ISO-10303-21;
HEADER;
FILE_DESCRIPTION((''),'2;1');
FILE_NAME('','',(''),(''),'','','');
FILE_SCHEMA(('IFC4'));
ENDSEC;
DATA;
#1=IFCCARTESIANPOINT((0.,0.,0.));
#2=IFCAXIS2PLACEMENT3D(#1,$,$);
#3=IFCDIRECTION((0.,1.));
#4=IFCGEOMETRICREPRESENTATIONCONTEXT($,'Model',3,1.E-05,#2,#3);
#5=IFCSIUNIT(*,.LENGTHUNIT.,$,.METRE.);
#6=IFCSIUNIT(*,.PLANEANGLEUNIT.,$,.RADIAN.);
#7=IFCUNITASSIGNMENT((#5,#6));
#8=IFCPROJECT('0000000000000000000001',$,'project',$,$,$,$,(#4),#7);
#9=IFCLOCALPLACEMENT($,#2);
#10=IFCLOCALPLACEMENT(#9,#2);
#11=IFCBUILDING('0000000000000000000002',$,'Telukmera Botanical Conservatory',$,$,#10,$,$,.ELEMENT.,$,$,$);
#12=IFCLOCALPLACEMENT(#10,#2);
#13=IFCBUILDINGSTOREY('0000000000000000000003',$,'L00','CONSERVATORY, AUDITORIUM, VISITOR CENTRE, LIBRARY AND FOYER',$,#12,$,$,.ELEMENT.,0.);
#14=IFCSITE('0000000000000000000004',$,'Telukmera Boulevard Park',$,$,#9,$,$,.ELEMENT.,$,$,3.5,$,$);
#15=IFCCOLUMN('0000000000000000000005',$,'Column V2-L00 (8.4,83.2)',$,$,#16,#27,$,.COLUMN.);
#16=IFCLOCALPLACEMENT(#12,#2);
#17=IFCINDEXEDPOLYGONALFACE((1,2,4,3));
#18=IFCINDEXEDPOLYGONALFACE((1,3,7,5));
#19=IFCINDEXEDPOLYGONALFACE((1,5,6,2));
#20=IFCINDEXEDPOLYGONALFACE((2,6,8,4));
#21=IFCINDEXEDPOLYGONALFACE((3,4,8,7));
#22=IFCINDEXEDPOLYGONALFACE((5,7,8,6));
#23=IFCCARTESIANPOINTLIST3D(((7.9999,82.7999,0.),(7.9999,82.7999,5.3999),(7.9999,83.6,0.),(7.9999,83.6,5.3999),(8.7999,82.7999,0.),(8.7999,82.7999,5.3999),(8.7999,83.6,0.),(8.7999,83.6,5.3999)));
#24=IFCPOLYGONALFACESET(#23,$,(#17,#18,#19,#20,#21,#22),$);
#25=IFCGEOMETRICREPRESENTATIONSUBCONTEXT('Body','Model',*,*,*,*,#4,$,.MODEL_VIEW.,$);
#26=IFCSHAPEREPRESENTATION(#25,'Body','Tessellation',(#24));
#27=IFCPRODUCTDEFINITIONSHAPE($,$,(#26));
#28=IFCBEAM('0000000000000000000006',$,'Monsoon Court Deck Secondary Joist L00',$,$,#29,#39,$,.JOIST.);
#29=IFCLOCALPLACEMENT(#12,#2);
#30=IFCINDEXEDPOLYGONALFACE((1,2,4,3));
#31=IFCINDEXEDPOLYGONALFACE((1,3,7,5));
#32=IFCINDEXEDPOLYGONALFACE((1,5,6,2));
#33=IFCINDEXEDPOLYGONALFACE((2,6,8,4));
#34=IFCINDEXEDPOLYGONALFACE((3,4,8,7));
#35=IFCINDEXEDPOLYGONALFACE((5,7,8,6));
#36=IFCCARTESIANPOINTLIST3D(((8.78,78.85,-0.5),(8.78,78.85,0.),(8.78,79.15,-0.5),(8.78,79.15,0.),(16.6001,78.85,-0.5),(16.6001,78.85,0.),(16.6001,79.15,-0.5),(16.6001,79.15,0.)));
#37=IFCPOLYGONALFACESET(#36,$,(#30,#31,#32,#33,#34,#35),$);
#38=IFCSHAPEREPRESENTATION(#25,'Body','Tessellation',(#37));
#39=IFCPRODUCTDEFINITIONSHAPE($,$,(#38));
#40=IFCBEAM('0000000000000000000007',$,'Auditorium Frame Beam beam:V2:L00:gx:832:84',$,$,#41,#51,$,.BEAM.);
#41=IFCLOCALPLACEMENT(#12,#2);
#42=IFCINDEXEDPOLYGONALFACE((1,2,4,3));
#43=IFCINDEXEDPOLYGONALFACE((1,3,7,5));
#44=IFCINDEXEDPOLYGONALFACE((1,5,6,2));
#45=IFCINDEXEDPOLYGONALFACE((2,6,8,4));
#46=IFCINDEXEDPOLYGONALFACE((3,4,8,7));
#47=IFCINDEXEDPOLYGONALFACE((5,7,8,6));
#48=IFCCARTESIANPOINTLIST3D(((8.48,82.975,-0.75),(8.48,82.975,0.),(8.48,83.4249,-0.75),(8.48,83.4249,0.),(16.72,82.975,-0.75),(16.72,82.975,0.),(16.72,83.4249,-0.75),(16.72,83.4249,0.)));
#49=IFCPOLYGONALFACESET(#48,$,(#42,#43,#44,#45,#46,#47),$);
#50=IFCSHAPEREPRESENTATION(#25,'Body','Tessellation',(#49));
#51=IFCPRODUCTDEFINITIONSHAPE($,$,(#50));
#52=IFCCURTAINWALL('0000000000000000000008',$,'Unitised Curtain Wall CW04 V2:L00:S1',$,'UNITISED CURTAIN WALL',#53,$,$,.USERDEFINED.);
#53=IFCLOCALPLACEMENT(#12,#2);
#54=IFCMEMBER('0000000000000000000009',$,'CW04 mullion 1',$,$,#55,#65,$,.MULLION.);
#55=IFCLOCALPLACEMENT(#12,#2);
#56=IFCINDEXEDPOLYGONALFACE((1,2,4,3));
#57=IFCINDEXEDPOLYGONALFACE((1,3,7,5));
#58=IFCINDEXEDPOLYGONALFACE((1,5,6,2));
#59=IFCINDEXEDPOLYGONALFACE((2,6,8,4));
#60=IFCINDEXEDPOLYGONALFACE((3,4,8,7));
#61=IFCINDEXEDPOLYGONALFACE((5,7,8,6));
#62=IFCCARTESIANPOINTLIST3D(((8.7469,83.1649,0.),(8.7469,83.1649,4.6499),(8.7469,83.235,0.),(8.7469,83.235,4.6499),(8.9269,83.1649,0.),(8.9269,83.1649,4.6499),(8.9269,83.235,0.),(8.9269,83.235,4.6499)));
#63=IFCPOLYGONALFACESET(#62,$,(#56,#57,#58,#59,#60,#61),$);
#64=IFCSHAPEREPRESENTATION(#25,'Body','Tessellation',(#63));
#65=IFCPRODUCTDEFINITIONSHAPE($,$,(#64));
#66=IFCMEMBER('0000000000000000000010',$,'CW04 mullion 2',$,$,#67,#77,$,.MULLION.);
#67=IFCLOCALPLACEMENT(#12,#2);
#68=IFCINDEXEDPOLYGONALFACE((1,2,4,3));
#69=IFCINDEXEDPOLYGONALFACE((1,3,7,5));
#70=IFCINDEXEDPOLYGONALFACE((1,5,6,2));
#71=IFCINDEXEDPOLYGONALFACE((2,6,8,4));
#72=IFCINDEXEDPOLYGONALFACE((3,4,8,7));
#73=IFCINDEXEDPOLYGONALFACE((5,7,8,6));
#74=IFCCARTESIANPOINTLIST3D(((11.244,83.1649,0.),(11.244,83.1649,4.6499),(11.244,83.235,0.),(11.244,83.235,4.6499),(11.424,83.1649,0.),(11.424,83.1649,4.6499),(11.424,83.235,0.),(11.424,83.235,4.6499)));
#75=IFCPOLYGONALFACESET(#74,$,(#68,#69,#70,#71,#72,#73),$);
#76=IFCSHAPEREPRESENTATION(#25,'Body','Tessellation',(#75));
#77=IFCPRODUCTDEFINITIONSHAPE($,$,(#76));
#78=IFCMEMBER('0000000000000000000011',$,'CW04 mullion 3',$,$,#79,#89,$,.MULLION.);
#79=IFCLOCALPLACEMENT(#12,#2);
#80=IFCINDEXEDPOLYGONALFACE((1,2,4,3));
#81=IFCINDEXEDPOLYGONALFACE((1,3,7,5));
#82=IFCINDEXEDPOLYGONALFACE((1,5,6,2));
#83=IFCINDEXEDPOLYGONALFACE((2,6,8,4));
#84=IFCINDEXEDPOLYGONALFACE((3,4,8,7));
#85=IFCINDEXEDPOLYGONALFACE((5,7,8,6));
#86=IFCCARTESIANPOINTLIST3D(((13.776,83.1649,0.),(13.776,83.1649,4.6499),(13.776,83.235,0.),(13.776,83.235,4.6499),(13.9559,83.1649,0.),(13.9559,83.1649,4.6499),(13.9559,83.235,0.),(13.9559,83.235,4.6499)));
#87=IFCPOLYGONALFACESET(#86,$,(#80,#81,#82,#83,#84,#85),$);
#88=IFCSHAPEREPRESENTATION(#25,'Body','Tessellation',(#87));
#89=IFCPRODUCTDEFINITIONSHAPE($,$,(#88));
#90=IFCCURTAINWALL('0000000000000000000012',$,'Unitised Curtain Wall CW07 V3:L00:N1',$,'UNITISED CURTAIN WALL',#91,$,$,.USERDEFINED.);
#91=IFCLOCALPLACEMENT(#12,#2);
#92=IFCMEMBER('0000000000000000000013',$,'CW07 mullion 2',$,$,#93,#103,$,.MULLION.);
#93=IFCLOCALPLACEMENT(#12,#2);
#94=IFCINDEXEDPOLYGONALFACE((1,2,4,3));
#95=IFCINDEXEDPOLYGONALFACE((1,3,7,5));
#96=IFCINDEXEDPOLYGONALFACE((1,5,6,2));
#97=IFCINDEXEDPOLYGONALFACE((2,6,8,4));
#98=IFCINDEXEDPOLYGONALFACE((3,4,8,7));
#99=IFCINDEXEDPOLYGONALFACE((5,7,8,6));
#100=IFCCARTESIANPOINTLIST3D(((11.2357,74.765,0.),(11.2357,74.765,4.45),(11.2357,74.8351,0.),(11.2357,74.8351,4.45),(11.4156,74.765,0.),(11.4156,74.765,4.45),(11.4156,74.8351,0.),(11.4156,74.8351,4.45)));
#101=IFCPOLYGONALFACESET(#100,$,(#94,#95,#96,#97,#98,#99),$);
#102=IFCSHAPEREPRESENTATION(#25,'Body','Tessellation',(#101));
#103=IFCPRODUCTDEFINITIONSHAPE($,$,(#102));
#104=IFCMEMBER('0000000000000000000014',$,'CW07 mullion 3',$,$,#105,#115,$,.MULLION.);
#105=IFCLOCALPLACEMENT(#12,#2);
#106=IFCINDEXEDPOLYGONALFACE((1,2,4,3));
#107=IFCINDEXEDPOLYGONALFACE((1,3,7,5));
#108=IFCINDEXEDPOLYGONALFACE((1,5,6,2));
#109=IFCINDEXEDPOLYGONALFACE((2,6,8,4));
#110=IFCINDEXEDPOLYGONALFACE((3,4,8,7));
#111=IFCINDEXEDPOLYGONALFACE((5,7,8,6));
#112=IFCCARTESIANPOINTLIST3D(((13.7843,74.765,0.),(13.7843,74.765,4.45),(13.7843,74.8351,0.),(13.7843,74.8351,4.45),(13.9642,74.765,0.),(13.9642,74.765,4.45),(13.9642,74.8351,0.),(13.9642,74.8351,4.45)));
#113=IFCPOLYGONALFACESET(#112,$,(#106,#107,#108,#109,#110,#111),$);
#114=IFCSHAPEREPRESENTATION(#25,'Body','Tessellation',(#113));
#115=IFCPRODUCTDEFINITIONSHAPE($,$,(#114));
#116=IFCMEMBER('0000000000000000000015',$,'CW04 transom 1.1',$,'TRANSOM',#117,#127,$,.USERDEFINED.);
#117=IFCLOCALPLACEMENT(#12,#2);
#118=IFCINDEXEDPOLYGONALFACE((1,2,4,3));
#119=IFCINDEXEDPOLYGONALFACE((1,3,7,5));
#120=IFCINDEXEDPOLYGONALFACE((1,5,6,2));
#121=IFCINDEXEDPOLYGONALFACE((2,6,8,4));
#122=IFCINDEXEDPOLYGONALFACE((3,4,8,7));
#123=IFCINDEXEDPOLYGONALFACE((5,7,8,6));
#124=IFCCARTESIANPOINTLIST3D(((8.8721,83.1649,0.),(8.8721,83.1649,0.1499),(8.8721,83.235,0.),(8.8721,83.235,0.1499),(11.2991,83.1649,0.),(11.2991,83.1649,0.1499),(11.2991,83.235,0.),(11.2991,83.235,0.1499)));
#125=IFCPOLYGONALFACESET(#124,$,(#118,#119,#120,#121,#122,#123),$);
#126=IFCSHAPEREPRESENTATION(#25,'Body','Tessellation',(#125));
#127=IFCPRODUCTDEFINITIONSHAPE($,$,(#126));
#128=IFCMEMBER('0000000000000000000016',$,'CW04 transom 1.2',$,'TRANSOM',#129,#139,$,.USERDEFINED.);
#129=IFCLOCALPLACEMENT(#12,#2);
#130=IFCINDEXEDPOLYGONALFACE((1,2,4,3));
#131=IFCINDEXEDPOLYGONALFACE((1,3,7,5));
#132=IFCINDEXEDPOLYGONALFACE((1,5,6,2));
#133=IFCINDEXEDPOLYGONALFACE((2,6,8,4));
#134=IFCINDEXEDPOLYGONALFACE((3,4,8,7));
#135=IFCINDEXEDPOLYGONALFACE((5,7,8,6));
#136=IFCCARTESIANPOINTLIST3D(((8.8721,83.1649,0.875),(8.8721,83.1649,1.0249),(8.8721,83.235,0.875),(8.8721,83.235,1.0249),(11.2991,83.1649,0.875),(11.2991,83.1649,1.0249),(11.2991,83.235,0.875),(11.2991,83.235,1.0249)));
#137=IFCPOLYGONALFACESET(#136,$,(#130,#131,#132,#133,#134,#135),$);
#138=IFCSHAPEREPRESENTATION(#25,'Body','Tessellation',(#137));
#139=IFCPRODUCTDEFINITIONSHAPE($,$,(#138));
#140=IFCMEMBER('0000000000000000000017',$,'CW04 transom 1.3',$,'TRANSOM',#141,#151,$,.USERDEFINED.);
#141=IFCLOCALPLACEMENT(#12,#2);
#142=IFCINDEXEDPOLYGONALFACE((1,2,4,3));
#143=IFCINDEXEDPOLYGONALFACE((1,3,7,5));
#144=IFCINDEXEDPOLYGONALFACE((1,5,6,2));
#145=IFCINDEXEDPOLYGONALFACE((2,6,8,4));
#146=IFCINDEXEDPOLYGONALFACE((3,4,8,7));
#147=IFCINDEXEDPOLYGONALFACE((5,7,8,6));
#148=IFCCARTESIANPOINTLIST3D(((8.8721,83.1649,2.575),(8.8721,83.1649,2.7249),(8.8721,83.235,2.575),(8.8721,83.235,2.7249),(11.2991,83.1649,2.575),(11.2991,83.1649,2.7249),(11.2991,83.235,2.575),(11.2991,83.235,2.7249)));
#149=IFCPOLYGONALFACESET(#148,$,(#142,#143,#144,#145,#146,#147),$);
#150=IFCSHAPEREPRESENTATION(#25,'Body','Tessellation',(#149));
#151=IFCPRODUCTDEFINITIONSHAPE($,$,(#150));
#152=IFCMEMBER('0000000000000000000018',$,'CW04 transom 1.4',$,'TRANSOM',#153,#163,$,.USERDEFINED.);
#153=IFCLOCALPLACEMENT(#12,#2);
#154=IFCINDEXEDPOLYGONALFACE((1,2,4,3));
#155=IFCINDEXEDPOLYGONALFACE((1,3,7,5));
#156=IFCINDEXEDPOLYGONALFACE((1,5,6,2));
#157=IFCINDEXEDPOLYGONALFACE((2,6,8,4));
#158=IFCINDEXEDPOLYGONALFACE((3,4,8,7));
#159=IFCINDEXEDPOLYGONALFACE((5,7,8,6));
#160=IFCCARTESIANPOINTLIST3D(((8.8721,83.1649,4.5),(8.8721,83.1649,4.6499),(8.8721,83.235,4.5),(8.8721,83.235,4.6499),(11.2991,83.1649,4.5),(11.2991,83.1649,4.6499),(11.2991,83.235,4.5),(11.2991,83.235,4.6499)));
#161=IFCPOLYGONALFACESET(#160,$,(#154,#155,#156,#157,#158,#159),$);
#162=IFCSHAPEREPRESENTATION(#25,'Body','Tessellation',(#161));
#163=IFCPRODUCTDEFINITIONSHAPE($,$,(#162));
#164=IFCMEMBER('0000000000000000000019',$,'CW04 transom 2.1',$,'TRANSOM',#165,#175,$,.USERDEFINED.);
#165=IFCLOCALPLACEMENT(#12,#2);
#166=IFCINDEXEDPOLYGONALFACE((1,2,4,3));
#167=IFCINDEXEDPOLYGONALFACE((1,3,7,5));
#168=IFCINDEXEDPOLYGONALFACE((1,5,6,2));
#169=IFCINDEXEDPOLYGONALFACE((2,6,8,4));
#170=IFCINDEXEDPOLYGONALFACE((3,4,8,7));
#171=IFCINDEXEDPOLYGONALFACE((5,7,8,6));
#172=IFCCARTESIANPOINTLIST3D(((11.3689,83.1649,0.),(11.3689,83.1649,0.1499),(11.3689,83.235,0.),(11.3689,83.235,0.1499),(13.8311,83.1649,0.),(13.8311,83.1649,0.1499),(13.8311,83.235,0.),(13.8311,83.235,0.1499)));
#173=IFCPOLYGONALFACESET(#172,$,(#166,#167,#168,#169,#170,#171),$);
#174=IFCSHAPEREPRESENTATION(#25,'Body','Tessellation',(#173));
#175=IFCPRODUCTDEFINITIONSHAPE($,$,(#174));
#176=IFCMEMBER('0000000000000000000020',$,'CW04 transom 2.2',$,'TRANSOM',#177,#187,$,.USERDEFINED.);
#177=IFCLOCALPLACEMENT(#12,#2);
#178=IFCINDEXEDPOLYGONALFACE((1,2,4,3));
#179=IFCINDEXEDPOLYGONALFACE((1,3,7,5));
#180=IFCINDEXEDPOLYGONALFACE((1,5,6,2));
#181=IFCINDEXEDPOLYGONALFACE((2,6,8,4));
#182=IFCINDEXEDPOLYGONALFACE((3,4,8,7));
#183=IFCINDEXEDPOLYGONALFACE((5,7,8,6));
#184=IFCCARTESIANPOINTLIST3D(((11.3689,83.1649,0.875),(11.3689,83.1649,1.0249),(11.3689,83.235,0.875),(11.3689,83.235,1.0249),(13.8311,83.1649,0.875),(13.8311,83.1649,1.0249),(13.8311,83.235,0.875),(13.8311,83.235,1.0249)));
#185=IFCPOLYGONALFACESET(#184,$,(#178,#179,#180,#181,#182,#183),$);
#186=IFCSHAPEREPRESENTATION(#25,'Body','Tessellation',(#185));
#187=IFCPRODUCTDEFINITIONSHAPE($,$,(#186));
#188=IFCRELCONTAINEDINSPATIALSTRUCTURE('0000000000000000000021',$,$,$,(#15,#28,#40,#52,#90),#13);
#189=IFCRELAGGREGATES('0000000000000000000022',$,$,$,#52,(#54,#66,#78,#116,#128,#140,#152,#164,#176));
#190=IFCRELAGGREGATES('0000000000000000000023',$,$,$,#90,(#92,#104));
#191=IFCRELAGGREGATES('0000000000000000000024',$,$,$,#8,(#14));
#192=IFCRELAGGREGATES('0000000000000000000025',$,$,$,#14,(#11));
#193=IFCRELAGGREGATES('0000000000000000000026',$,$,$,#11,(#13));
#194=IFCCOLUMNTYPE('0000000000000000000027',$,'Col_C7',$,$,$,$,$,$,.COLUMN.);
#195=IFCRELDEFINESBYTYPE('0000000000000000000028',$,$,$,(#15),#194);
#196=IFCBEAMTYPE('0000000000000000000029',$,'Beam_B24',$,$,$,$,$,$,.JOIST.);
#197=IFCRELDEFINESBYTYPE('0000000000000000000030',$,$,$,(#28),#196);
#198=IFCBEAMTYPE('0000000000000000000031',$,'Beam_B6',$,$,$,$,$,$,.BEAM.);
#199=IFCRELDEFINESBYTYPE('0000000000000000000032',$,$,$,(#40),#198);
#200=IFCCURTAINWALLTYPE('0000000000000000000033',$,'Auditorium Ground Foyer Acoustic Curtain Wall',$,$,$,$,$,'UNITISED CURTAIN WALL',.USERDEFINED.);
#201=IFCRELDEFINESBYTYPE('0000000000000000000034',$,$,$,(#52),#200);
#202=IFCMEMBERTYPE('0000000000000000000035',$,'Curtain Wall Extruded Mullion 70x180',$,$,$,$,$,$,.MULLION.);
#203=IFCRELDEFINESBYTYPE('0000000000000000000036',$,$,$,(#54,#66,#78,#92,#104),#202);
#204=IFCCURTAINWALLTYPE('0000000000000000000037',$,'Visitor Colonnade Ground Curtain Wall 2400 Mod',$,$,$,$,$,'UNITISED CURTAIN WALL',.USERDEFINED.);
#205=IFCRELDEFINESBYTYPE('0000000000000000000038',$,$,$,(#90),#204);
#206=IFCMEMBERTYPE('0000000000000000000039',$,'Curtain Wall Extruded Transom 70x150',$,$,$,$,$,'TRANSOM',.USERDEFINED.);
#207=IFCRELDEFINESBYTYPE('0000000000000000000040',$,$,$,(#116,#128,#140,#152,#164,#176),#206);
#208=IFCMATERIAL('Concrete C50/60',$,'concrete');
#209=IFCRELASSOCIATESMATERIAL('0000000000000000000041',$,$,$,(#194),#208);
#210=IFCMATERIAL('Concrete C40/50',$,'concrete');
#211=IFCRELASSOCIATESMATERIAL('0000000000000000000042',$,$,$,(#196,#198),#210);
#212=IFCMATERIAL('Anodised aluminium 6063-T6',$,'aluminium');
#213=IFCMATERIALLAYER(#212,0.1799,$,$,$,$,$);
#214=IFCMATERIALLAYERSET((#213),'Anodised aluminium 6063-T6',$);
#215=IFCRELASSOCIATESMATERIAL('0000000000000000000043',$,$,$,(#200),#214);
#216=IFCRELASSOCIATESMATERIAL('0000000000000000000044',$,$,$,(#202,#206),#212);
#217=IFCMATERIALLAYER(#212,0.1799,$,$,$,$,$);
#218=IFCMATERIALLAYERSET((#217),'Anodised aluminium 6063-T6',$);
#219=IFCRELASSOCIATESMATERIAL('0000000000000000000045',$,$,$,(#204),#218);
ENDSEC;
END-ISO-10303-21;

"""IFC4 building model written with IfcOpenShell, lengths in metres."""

from ifc_helpers import new_model, si_unit, direction, frame, origin, origin_2d, place, context, subcontext, project, spatial, rectangle, extrude, material, layer, layer_set, material_profile, profile_set, type_object, element, aggregate, save


model = new_model("IFC4")

# Units and contexts
model_context = context("Model", 3, precision=1e-05, world=origin(), true_north=direction((0.0, 1.0)))
body_context = subcontext(model_context, "Body", "Model", "MODEL_VIEW")
ifc_project = project(units=[si_unit("LENGTHUNIT", "METRE"), si_unit("PLANEANGLEUNIT", "RADIAN")], contexts=[model_context])

# Site, building, storey
site_placement = place(None, origin())
site = spatial("IfcSite", under=ifc_project, at=site_placement, Name="Telukmera Boulevard Park", CompositionType="ELEMENT", RefElevation=3.5)
building_placement = place(site_placement, origin())
building = spatial("IfcBuilding", under=site, at=building_placement, Name="Telukmera Botanical Conservatory", CompositionType="ELEMENT")
storey_placement = place(building_placement, origin())
storey = spatial("IfcBuildingStorey", under=building, at=storey_placement, Name="L00", Description="CONSERVATORY, AUDITORIUM, VISITOR CENTRE, LIBRARY AND FOYER", CompositionType="ELEMENT", Elevation=0.0)

# Column
ifc_material_1 = material(Name="Concrete C50/60", Category="concrete")
ifc_material_profile_1 = material_profile(ifc_material_1, rectangle(XDim=0.8, YDim=0.8, at=origin_2d()), Name="RC 800x800")
ifc_profile_set_1 = profile_set([ifc_material_profile_1], Name="Concrete C50/60")
column_type = type_object("IfcColumnType", Name="Col_C7", PredefinedType="COLUMN", material=ifc_profile_set_1)
column_placement = place(storey_placement, frame((8.3999, 83.2, 0.0), z_axis=(0.0, 0.0, 1.0), x_axis=(1.0, 0.0, 0.0)))
element("IfcColumn", 1, at=column_placement, inside=storey, type_object=column_type, Name="Column V2-L00 (8.4,83.2)", PredefinedType="COLUMN", context=body_context, shape_type="SweptSolid", body=[
    extrude(rectangle(XDim=0.8, YDim=0.8, at=origin_2d()), origin(), (0.0, 0.0, 1.0), 5.3999),
])

# Beams
ifc_material_2 = material(Name="Concrete C40/50", Category="concrete")
ifc_material_profile_2 = material_profile(ifc_material_2, rectangle(XDim=0.3, YDim=0.5, at=origin_2d()), Name="RC 300x500")
ifc_profile_set_2 = profile_set([ifc_material_profile_2], Name="Concrete C40/50")
beam_type_1 = type_object("IfcBeamType", Name="Beam_B24", PredefinedType="JOIST", material=ifc_profile_set_2)
beam_1_placement = place(storey_placement, frame((8.78, 79.0, -0.25), z_axis=(1.0, 0.0, 0.0), x_axis=(0.0, 1.0, 0.0)))
element("IfcBeam", 2, at=beam_1_placement, inside=storey, type_object=beam_type_1, Name="Monsoon Court Deck Secondary Joist L00", PredefinedType="JOIST", context=body_context, shape_type="SweptSolid", body=[
    extrude(rectangle(XDim=0.3, YDim=0.5, at=origin_2d()), origin(), (0.0, 0.0, 1.0), 7.8201),
])
ifc_material_profile_3 = material_profile(ifc_material_2, rectangle(XDim=0.45, YDim=0.75, at=origin_2d()), Name="RC 450x750")
ifc_profile_set_3 = profile_set([ifc_material_profile_3], Name="Concrete C40/50")
beam_type_2 = type_object("IfcBeamType", Name="Beam_B6", PredefinedType="BEAM", material=ifc_profile_set_3)
beam_2_placement = place(storey_placement, frame((8.48, 83.2, -0.375), z_axis=(1.0, 0.0, 0.0), x_axis=(0.0, 1.0, 0.0)))
element("IfcBeam", 3, at=beam_2_placement, inside=storey, type_object=beam_type_2, Name="Auditorium Frame Beam beam:V2:L00:gx:832:84", PredefinedType="BEAM", context=body_context, shape_type="SweptSolid", body=[
    extrude(rectangle(XDim=0.45, YDim=0.75, at=origin_2d()), origin(), (0.0, 0.0, 1.0), 8.24),
])

# Curtain walls, members
ifc_material_3 = material(Name="Anodised aluminium 6063-T6", Category="aluminium")
ifc_layer_1 = layer(ifc_material_3, 0.1799)
ifc_layer_set_1 = layer_set([ifc_layer_1], Name="Anodised aluminium 6063-T6")
curtain_wall_type_1 = type_object("IfcCurtainWallType", Name="Auditorium Ground Foyer Acoustic Curtain Wall", ElementType="UNITISED CURTAIN WALL", PredefinedType="USERDEFINED", material=ifc_layer_set_1)
curtain_wall_1_placement = place(storey_placement, origin())
curtain_wall_1 = element("IfcCurtainWall", 4, at=curtain_wall_1_placement, inside=storey, type_object=curtain_wall_type_1, Name="Unitised Curtain Wall CW04 V2:L00:S1", ObjectType="UNITISED CURTAIN WALL", PredefinedType="USERDEFINED")
ifc_material_profile_4 = material_profile(ifc_material_3, rectangle(XDim=0.0701, YDim=0.1799, at=origin_2d()), Name="ALU MULL 70x180")
ifc_profile_set_4 = profile_set([ifc_material_profile_4], Name="Anodised aluminium 6063-T6")
member_type_1 = type_object("IfcMemberType", Name="Curtain Wall Extruded Mullion 70x180", PredefinedType="MULLION", material=ifc_profile_set_4)
member_1_placement = place(storey_placement, frame((8.8369, 83.2, 0.0), z_axis=(0.0, 0.0, 1.0), x_axis=(0.0, 1.0, 0.0)))
member_1 = element("IfcMember", 5, at=member_1_placement, type_object=member_type_1, Name="CW04 mullion 1", PredefinedType="MULLION", context=body_context, shape_type="SweptSolid", body=[
    extrude(rectangle(XDim=0.0701, YDim=0.1799, at=origin_2d()), origin(), (0.0, 0.0, 1.0), 4.6499),
])
member_2_placement = place(storey_placement, frame((11.334, 83.2, 0.0), z_axis=(0.0, 0.0, 1.0), x_axis=(0.0, 1.0, 0.0)))
member_2 = element("IfcMember", 6, at=member_2_placement, type_object=member_type_1, Name="CW04 mullion 2", PredefinedType="MULLION", context=body_context, shape_type="SweptSolid", body=[
    extrude(rectangle(XDim=0.0701, YDim=0.1799, at=origin_2d()), origin(), (0.0, 0.0, 1.0), 4.6499),
])
member_3_placement = place(storey_placement, frame((13.866, 83.2, 0.0), z_axis=(0.0, 0.0, 1.0), x_axis=(0.0, 1.0, 0.0)))
member_3 = element("IfcMember", 7, at=member_3_placement, type_object=member_type_1, Name="CW04 mullion 3", PredefinedType="MULLION", context=body_context, shape_type="SweptSolid", body=[
    extrude(rectangle(XDim=0.0701, YDim=0.1799, at=origin_2d()), origin(), (0.0, 0.0, 1.0), 4.6499),
])
ifc_layer_2 = layer(ifc_material_3, 0.1799)
ifc_layer_set_2 = layer_set([ifc_layer_2], Name="Anodised aluminium 6063-T6")
curtain_wall_type_2 = type_object("IfcCurtainWallType", Name="Visitor Colonnade Ground Curtain Wall 2400 Mod", ElementType="UNITISED CURTAIN WALL", PredefinedType="USERDEFINED", material=ifc_layer_set_2)
curtain_wall_2_placement = place(storey_placement, origin())
curtain_wall_2 = element("IfcCurtainWall", 8, at=curtain_wall_2_placement, inside=storey, type_object=curtain_wall_type_2, Name="Unitised Curtain Wall CW07 V3:L00:N1", ObjectType="UNITISED CURTAIN WALL", PredefinedType="USERDEFINED")
member_4_placement = place(storey_placement, frame((11.3257, 74.8, 0.0), z_axis=(0.0, 0.0, 1.0), x_axis=(0.0, 1.0, 0.0)))
member_4 = element("IfcMember", 9, at=member_4_placement, type_object=member_type_1, Name="CW07 mullion 2", PredefinedType="MULLION", context=body_context, shape_type="SweptSolid", body=[
    extrude(rectangle(XDim=0.0701, YDim=0.1799, at=origin_2d()), origin(), (0.0, 0.0, 1.0), 4.45),
])
member_5_placement = place(storey_placement, frame((13.8743, 74.8, 0.0), z_axis=(0.0, 0.0, 1.0), x_axis=(0.0, 1.0, 0.0)))
member_5 = element("IfcMember", 10, at=member_5_placement, type_object=member_type_1, Name="CW07 mullion 3", PredefinedType="MULLION", context=body_context, shape_type="SweptSolid", body=[
    extrude(rectangle(XDim=0.0701, YDim=0.1799, at=origin_2d()), origin(), (0.0, 0.0, 1.0), 4.45),
])

# Members
ifc_material_profile_5 = material_profile(ifc_material_3, rectangle(XDim=0.0701, YDim=0.1499, at=origin_2d()), Name="ALU TRAN 70x150")
ifc_profile_set_5 = profile_set([ifc_material_profile_5], Name="Anodised aluminium 6063-T6")
member_type_2 = type_object("IfcMemberType", Name="Curtain Wall Extruded Transom 70x150", ElementType="TRANSOM", PredefinedType="USERDEFINED", material=ifc_profile_set_5)
member_6_placement = place(storey_placement, frame((8.8721, 83.2, 0.075), z_axis=(1.0, 0.0, 0.0), x_axis=(0.0, 1.0, 0.0)))
member_6 = element("IfcMember", 11, at=member_6_placement, type_object=member_type_2, Name="CW04 transom 1.1", ObjectType="TRANSOM", PredefinedType="USERDEFINED", context=body_context, shape_type="SweptSolid", body=[
    extrude(rectangle(XDim=0.0701, YDim=0.1499, at=origin_2d()), origin(), (0.0, 0.0, 1.0), 2.427),
])
member_7_placement = place(storey_placement, frame((8.8721, 83.2, 0.95), z_axis=(1.0, 0.0, 0.0), x_axis=(0.0, 1.0, 0.0)))
member_7 = element("IfcMember", 12, at=member_7_placement, type_object=member_type_2, Name="CW04 transom 1.2", ObjectType="TRANSOM", PredefinedType="USERDEFINED", context=body_context, shape_type="SweptSolid", body=[
    extrude(rectangle(XDim=0.0701, YDim=0.1499, at=origin_2d()), origin(), (0.0, 0.0, 1.0), 2.427),
])
member_8_placement = place(storey_placement, frame((8.8721, 83.2, 2.6499), z_axis=(1.0, 0.0, 0.0), x_axis=(0.0, 1.0, 0.0)))
member_8 = element("IfcMember", 13, at=member_8_placement, type_object=member_type_2, Name="CW04 transom 1.3", ObjectType="TRANSOM", PredefinedType="USERDEFINED", context=body_context, shape_type="SweptSolid", body=[
    extrude(rectangle(XDim=0.0701, YDim=0.1499, at=origin_2d()), origin(), (0.0, 0.0, 1.0), 2.427),
])
member_9_placement = place(storey_placement, frame((8.8721, 83.2, 4.575), z_axis=(1.0, 0.0, 0.0), x_axis=(0.0, 1.0, 0.0)))
member_9 = element("IfcMember", 14, at=member_9_placement, type_object=member_type_2, Name="CW04 transom 1.4", ObjectType="TRANSOM", PredefinedType="USERDEFINED", context=body_context, shape_type="SweptSolid", body=[
    extrude(rectangle(XDim=0.0701, YDim=0.1499, at=origin_2d()), origin(), (0.0, 0.0, 1.0), 2.427),
])
member_10_placement = place(storey_placement, frame((11.3689, 83.2, 0.075), z_axis=(1.0, 0.0, 0.0), x_axis=(0.0, 1.0, 0.0)))
member_10 = element("IfcMember", 15, at=member_10_placement, type_object=member_type_2, Name="CW04 transom 2.1", ObjectType="TRANSOM", PredefinedType="USERDEFINED", context=body_context, shape_type="SweptSolid", body=[
    extrude(rectangle(XDim=0.0701, YDim=0.1499, at=origin_2d()), origin(), (0.0, 0.0, 1.0), 2.4622),
])
member_11_placement = place(storey_placement, frame((11.3689, 83.2, 0.95), z_axis=(1.0, 0.0, 0.0), x_axis=(0.0, 1.0, 0.0)))
member_11 = element("IfcMember", 16, at=member_11_placement, type_object=member_type_2, Name="CW04 transom 2.2", ObjectType="TRANSOM", PredefinedType="USERDEFINED", context=body_context, shape_type="SweptSolid", body=[
    extrude(rectangle(XDim=0.0701, YDim=0.1499, at=origin_2d()), origin(), (0.0, 0.0, 1.0), 2.4622),
])

aggregate(curtain_wall_1, [member_1, member_2, member_3, member_6, member_7, member_8, member_9, member_10, member_11])
aggregate(curtain_wall_2, [member_4, member_5])

save(model, "model.ifc")
